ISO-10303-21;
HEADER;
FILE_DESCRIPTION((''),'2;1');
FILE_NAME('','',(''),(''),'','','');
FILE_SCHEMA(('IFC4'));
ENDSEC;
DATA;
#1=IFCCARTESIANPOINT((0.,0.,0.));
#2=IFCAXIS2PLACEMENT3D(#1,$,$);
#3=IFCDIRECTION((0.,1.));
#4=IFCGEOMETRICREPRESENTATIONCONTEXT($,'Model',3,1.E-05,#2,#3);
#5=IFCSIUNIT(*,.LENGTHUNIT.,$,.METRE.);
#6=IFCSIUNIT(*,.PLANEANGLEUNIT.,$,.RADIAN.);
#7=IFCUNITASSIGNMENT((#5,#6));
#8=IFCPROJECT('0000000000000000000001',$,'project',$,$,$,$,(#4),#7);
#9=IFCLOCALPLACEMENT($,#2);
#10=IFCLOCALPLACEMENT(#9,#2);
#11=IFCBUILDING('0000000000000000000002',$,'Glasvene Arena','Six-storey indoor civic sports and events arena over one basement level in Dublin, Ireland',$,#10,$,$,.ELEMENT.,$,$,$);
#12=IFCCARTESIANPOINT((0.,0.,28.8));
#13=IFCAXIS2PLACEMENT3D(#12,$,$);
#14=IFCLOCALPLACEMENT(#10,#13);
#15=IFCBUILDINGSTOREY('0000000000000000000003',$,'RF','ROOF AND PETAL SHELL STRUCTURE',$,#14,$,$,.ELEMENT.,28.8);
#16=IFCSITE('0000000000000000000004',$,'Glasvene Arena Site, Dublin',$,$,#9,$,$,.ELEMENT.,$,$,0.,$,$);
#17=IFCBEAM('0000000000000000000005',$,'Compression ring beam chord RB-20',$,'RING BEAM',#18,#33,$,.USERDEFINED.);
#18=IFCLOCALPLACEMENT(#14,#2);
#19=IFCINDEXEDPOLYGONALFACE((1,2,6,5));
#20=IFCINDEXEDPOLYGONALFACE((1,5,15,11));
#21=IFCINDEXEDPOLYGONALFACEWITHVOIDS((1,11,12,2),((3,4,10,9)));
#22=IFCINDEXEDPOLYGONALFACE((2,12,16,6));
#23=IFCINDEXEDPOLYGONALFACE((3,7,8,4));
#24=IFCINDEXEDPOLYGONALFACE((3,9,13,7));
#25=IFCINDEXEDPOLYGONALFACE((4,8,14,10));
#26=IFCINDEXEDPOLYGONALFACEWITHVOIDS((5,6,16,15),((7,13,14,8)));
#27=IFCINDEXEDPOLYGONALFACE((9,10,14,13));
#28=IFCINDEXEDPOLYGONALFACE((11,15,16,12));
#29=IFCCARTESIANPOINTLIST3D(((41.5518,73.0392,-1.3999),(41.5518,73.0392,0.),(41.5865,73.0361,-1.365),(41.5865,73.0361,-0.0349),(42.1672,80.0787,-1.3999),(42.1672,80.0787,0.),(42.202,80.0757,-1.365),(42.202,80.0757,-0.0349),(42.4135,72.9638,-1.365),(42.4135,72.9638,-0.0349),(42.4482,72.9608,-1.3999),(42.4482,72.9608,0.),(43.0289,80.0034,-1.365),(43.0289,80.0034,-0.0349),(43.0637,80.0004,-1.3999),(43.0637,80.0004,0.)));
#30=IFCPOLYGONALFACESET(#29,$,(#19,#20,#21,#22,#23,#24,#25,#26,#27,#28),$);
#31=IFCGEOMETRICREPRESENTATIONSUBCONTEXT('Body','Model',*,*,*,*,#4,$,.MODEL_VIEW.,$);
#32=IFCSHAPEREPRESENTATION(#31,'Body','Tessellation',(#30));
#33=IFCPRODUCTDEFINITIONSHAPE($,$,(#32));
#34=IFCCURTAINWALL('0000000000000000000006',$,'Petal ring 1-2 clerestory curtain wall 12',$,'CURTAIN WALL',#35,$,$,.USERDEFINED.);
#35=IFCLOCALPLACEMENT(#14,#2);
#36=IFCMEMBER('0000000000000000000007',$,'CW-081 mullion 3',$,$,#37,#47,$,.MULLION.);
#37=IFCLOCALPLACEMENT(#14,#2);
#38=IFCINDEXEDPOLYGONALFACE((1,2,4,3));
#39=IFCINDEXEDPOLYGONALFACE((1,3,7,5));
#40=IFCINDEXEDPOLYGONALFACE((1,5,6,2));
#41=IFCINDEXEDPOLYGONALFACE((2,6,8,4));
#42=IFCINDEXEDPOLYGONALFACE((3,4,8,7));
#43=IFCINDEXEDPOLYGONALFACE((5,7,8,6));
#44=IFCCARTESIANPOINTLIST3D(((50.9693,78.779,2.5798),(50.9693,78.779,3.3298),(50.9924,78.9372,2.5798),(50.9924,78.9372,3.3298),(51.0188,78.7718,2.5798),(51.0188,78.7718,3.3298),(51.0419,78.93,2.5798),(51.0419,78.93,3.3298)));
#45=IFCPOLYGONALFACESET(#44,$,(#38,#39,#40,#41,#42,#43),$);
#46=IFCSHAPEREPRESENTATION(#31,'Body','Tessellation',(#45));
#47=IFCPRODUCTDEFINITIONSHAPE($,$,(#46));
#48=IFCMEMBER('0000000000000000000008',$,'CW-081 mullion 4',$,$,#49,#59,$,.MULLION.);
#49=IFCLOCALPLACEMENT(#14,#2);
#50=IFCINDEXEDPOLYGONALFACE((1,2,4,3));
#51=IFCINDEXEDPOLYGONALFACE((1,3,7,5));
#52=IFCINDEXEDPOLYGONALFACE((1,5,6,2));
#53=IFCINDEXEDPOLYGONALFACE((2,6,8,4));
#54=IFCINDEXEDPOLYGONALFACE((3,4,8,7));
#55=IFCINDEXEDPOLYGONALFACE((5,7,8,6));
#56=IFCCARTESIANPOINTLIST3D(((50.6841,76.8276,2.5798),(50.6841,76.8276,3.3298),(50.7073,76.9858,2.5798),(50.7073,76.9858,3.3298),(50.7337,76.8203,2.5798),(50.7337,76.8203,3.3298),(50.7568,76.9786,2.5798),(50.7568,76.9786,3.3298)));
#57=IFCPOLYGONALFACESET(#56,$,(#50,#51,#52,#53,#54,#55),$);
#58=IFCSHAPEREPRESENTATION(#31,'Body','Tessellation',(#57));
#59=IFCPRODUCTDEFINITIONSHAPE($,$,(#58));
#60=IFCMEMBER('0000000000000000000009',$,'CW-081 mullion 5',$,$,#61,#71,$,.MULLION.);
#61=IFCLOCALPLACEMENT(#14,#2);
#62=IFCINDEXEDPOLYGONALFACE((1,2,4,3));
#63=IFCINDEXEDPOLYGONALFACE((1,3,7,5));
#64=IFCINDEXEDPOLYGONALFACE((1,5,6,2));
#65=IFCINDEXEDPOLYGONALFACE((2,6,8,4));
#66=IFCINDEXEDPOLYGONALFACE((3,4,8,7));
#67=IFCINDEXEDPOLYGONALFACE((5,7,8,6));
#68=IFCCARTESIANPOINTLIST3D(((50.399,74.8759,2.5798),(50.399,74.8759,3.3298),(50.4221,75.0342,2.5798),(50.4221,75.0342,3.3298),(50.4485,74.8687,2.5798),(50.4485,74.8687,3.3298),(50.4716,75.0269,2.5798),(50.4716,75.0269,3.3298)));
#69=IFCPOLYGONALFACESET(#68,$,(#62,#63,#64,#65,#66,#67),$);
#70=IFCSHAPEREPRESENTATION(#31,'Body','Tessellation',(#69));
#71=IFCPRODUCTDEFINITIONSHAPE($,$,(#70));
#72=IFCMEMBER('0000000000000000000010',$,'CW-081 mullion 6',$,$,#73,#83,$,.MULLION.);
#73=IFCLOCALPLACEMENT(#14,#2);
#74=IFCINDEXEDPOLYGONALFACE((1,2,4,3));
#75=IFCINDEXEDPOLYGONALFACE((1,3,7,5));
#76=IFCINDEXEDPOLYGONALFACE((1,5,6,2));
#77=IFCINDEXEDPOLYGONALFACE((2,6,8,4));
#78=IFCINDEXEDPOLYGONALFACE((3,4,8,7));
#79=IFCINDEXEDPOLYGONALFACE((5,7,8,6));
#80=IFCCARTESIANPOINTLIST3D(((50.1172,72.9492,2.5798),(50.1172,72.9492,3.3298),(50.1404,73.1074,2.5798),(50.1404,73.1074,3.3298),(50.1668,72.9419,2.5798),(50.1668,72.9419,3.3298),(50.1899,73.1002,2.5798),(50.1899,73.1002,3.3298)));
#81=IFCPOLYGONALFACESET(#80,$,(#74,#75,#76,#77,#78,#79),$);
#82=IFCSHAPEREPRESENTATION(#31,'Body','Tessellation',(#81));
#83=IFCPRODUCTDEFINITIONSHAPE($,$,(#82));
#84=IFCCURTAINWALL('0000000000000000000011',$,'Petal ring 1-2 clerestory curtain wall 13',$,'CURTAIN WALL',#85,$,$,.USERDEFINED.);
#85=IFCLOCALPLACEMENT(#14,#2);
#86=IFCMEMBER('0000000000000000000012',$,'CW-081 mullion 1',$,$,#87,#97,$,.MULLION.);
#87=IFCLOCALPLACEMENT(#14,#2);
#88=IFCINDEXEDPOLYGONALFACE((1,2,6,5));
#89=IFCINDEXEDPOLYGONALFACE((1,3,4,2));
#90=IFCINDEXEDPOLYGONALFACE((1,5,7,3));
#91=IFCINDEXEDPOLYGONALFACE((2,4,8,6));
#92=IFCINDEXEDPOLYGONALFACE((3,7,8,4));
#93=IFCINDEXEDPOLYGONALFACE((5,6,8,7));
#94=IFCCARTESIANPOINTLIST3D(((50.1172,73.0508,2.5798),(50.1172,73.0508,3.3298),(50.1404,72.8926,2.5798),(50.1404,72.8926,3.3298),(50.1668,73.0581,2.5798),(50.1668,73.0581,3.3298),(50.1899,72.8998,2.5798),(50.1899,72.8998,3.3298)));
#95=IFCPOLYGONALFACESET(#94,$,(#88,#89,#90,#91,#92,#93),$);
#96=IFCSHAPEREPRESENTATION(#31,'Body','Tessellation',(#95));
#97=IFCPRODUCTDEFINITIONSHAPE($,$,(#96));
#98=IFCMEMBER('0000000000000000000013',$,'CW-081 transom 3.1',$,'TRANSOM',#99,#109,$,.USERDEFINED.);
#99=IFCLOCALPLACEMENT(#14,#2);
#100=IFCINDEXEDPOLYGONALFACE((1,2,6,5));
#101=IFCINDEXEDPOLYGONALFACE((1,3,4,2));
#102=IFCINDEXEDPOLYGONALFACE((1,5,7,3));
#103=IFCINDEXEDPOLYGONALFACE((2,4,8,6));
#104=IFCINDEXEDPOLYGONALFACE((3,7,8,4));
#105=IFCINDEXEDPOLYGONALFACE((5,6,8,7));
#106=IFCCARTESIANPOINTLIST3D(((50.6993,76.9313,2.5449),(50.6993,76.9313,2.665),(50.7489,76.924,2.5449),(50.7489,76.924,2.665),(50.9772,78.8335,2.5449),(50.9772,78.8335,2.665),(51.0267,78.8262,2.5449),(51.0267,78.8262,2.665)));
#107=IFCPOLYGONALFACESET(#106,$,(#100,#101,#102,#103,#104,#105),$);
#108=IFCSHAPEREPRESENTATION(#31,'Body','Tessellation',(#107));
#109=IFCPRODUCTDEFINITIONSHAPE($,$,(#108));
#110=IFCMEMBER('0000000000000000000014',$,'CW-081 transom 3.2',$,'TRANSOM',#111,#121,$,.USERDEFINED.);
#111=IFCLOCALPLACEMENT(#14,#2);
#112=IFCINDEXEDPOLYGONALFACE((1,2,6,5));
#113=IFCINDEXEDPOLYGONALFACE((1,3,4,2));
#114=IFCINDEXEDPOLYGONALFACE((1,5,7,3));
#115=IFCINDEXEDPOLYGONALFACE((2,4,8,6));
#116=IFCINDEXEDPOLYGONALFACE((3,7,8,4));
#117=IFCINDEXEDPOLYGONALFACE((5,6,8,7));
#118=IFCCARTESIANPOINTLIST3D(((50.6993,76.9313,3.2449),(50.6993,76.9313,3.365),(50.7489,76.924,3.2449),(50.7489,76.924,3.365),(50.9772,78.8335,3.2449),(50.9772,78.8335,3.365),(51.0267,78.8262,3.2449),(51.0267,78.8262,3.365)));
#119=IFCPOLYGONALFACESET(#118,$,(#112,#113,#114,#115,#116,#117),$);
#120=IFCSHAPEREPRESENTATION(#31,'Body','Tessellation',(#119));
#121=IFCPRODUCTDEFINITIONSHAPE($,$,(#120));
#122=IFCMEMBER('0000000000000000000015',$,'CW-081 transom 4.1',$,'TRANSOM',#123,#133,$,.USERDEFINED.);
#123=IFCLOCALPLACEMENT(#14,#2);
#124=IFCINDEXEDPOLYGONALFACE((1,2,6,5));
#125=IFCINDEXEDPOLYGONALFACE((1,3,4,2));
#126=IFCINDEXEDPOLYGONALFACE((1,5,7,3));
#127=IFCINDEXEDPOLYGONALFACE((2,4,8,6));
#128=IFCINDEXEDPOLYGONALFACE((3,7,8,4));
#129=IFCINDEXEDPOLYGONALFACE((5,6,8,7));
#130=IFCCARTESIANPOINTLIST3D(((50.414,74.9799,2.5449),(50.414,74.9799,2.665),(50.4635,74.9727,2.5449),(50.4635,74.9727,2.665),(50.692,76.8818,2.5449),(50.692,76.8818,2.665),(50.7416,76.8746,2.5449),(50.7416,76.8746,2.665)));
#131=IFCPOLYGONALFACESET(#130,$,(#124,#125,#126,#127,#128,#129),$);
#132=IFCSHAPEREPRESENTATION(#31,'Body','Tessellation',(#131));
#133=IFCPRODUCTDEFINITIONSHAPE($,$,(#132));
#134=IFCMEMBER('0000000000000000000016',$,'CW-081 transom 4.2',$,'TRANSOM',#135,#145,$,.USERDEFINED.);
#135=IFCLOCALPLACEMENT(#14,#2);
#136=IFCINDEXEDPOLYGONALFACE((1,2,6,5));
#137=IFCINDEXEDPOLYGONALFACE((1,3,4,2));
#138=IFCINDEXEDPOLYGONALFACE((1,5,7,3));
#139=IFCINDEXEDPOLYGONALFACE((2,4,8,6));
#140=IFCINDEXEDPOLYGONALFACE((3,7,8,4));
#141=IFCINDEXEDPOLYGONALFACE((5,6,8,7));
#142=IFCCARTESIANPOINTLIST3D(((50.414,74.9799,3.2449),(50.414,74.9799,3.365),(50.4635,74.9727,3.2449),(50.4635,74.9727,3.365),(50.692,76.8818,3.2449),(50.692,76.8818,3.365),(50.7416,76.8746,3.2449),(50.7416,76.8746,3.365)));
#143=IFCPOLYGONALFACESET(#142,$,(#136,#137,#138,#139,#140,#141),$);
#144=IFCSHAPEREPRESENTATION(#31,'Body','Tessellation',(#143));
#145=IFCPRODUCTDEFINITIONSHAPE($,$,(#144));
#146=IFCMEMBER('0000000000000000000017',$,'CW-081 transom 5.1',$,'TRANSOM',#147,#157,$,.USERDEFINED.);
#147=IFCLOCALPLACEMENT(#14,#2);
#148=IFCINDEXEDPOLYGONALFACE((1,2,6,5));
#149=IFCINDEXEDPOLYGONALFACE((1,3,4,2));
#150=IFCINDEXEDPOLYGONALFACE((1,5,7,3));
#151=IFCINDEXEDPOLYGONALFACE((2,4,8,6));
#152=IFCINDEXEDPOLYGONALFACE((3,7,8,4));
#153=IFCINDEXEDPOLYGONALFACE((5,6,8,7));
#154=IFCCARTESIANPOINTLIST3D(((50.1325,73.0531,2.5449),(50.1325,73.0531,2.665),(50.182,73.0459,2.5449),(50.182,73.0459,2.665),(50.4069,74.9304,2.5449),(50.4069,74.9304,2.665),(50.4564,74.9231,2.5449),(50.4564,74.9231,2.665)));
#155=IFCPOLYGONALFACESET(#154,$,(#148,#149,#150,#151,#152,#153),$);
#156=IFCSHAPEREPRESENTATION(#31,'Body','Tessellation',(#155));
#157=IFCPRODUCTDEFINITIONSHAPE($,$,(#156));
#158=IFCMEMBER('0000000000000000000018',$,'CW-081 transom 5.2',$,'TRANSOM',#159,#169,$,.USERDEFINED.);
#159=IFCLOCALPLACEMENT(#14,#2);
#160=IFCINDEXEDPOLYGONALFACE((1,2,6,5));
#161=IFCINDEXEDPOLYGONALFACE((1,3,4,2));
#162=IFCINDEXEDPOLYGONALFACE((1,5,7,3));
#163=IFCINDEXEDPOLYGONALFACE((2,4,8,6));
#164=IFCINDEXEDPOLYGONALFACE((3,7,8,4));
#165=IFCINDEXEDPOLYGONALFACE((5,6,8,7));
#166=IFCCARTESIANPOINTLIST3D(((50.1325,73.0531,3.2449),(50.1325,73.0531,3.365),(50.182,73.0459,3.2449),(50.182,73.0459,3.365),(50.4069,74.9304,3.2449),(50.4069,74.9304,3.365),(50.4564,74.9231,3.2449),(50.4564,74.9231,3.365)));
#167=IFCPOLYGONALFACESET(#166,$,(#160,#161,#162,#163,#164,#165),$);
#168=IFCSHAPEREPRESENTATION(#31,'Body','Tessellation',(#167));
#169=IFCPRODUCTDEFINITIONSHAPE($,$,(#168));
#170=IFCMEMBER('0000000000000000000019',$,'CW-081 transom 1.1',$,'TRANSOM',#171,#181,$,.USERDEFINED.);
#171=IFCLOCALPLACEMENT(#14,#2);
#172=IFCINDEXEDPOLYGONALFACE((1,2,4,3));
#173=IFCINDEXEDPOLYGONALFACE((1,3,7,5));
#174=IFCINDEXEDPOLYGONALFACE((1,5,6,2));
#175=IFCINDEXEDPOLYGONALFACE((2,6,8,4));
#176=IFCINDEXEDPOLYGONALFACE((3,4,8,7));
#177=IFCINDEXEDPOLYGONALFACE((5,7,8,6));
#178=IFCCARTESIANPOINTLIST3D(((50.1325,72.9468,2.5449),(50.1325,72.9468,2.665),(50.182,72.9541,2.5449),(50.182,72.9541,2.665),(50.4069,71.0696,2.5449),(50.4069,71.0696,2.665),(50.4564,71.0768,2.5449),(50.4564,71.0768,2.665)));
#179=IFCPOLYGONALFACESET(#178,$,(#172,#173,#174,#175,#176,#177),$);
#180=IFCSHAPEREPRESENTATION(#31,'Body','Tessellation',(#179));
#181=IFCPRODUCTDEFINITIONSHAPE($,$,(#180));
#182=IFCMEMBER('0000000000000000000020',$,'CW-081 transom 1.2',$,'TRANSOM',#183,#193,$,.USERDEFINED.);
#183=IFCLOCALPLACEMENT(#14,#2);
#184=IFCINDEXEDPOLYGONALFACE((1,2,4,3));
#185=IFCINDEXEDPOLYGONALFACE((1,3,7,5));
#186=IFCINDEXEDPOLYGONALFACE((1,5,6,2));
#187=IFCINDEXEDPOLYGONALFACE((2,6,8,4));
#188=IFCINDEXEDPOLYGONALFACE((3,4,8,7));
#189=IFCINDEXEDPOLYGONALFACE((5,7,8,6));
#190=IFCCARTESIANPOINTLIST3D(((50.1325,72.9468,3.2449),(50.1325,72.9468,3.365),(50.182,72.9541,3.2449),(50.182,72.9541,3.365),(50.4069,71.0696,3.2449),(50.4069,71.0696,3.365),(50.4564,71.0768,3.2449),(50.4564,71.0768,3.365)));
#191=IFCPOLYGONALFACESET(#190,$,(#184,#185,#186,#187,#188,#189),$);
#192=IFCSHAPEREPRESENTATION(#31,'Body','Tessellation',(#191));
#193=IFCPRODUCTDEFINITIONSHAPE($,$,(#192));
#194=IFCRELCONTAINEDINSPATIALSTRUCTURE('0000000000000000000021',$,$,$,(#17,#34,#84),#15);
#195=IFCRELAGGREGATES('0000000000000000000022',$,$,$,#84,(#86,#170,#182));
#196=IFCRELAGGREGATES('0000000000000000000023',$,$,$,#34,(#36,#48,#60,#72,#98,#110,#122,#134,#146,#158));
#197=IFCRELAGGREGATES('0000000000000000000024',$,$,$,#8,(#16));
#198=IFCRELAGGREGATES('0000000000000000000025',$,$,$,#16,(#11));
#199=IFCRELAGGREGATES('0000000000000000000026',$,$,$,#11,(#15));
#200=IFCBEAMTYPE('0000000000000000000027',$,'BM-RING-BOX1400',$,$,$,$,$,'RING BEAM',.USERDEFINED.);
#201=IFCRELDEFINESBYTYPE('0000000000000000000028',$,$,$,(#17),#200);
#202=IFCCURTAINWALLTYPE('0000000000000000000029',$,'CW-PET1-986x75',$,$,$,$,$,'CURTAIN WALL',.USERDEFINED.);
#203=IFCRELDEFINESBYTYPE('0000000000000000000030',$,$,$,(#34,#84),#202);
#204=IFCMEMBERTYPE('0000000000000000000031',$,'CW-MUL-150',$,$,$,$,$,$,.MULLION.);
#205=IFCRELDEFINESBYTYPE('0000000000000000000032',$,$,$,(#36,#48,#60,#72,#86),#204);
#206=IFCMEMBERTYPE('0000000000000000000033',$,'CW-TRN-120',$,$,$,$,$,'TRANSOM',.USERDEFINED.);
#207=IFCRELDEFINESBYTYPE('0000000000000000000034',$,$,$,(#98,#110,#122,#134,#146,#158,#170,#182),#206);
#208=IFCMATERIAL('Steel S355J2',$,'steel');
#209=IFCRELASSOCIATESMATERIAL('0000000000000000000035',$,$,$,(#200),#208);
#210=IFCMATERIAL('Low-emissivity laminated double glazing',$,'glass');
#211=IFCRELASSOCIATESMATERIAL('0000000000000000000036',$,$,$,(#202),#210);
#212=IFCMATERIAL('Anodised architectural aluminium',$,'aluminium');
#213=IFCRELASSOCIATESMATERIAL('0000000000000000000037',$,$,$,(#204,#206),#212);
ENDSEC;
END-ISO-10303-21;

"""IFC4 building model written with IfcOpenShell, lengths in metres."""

from ifc_helpers import new_model, si_unit, direction, frame, origin, origin_2d, place, context, subcontext, project, spatial, rectangle, hollow_rectangle, extrude, material, material_profile, profile_set, type_object, element, aggregate, save


model = new_model("IFC4")

# Units and contexts
model_context = context("Model", 3, precision=1e-05, world=origin(), true_north=direction((0.0, 1.0)))
body_context = subcontext(model_context, "Body", "Model", "MODEL_VIEW")
ifc_project = project(units=[si_unit("LENGTHUNIT", "METRE"), si_unit("PLANEANGLEUNIT", "RADIAN")], contexts=[model_context])

# Site, building, storey
site_placement = place(None, origin())
site = spatial("IfcSite", under=ifc_project, at=site_placement, Name="Glasvene Arena Site, Dublin", CompositionType="ELEMENT", RefElevation=0.0)
building_placement = place(site_placement, origin())
building = spatial("IfcBuilding", under=site, at=building_placement, Name="Glasvene Arena", Description="Six-storey indoor civic sports and events arena over one basement level in Dublin, Ireland", CompositionType="ELEMENT")
storey_placement = place(building_placement, frame((0.0, 0.0, 28.8)))
storey = spatial("IfcBuildingStorey", under=building, at=storey_placement, Name="RF", Description="ROOF AND PETAL SHELL STRUCTURE", CompositionType="ELEMENT", Elevation=28.8)

# Beam
ifc_material_1 = material(Name="Steel S355J2", Category="steel")
ifc_material_profile_1 = material_profile(ifc_material_1, hollow_rectangle(XDim=0.8999, YDim=1.3999, WallThickness=0.0349, at=origin_2d()), Name="WBOX 900x1400x35")
ifc_profile_set_1 = profile_set([ifc_material_profile_1], Name="Steel S355J2")
beam_type = type_object("IfcBeamType", Name="BM-RING-BOX1400", ElementType="RING BEAM", PredefinedType="USERDEFINED", material=ifc_profile_set_1)
beam_placement = place(storey_placement, frame((42.6155, 80.0396, -0.7), z_axis=(-0.087099, -0.9962, 0.0), x_axis=(0.9962, -0.087099, 0.0)))
element("IfcBeam", 1, at=beam_placement, inside=storey, type_object=beam_type, Name="Compression ring beam chord RB-20", ObjectType="RING BEAM", PredefinedType="USERDEFINED", context=body_context, shape_type="SweptSolid", body=[
    extrude(hollow_rectangle(XDim=0.8999, YDim=1.3999, WallThickness=0.0349, at=origin_2d()), origin(), (0.0, 0.0, 1.0), 7.0664),
])

# Curtain wall, members
ifc_material_2 = material(Name="Low-emissivity laminated double glazing", Category="glass")
curtain_wall_type = type_object("IfcCurtainWallType", Name="CW-PET1-986x75", ElementType="CURTAIN WALL", PredefinedType="USERDEFINED", material=ifc_material_2)
curtain_wall_1_placement = place(storey_placement, frame((51.5759, 82.7576, 0.0)))
curtain_wall_1 = element("IfcCurtainWall", 2, at=curtain_wall_1_placement, inside=storey, type_object=curtain_wall_type, Name="Petal ring 1-2 clerestory curtain wall 12", ObjectType="CURTAIN WALL", PredefinedType="USERDEFINED")
ifc_material_3 = material(Name="Anodised architectural aluminium", Category="aluminium")
ifc_material_profile_2 = material_profile(ifc_material_3, rectangle(XDim=0.05, YDim=0.1599, at=origin_2d()), Name="ALU MULLION 50x160")
ifc_profile_set_2 = profile_set([ifc_material_profile_2], Name="Anodised architectural aluminium")
member_type_1 = type_object("IfcMemberType", Name="CW-MUL-150", PredefinedType="MULLION", material=ifc_profile_set_2)
member_1_placement = place(storey_placement, frame((51.0056, 78.8545, 2.5798), z_axis=(0.0, 0.0, 1.0), x_axis=(0.989489, -0.144608, 0.0)))
member_1 = element("IfcMember", 3, at=member_1_placement, type_object=member_type_1, Name="CW-081 mullion 3", PredefinedType="MULLION", context=body_context, shape_type="SweptSolid", body=[
    extrude(rectangle(XDim=0.05, YDim=0.1599, at=origin_2d()), origin(), (0.0, 0.0, 1.0), 0.75),
])
member_2_placement = place(storey_placement, frame((50.7205, 76.9031, 2.5798), z_axis=(0.0, 0.0, 1.0), x_axis=(0.989489, -0.144608, 0.0)))
member_2 = element("IfcMember", 4, at=member_2_placement, type_object=member_type_1, Name="CW-081 mullion 4", PredefinedType="MULLION", context=body_context, shape_type="SweptSolid", body=[
    extrude(rectangle(XDim=0.05, YDim=0.1599, at=origin_2d()), origin(), (0.0, 0.0, 1.0), 0.75),
])
member_3_placement = place(storey_placement, frame((50.4353, 74.9514, 2.5798), z_axis=(0.0, 0.0, 1.0), x_axis=(0.989489, -0.144608, 0.0)))
member_3 = element("IfcMember", 5, at=member_3_placement, type_object=member_type_1, Name="CW-081 mullion 5", PredefinedType="MULLION", context=body_context, shape_type="SweptSolid", body=[
    extrude(rectangle(XDim=0.05, YDim=0.1599, at=origin_2d()), origin(), (0.0, 0.0, 1.0), 0.75),
])
member_4_placement = place(storey_placement, frame((50.1536, 73.0247, 2.5798), z_axis=(0.0, 0.0, 1.0), x_axis=(0.989489, -0.144608, 0.0)))
member_4 = element("IfcMember", 6, at=member_4_placement, type_object=member_type_1, Name="CW-081 mullion 6", PredefinedType="MULLION", context=body_context, shape_type="SweptSolid", body=[
    extrude(rectangle(XDim=0.05, YDim=0.1599, at=origin_2d()), origin(), (0.0, 0.0, 1.0), 0.75),
])

# Curtain wall, member
curtain_wall_2_placement = place(storey_placement, frame((50.1499, 73.0, 0.0)))
curtain_wall_2 = element("IfcCurtainWall", 7, at=curtain_wall_2_placement, inside=storey, type_object=curtain_wall_type, Name="Petal ring 1-2 clerestory curtain wall 13", ObjectType="CURTAIN WALL", PredefinedType="USERDEFINED")
member_5_placement = place(storey_placement, frame((50.1536, 72.9753, 2.5798), z_axis=(0.0, 0.0, 1.0), x_axis=(0.989489, 0.144608, 0.0)))
member_5 = element("IfcMember", 8, at=member_5_placement, type_object=member_type_1, Name="CW-081 mullion 1", PredefinedType="MULLION", context=body_context, shape_type="SweptSolid", body=[
    extrude(rectangle(XDim=0.05, YDim=0.1599, at=origin_2d()), origin(), (0.0, 0.0, 1.0), 0.75),
])

# Members
ifc_material_profile_3 = material_profile(ifc_material_3, rectangle(XDim=0.05, YDim=0.1201, at=origin_2d()), Name="ALU TRANSOM 50x120")
ifc_profile_set_3 = profile_set([ifc_material_profile_3], Name="Anodised architectural aluminium")
member_type_2 = type_object("IfcMemberType", Name="CW-TRN-120", ElementType="TRANSOM", PredefinedType="USERDEFINED", material=ifc_profile_set_3)
member_6_placement = place(storey_placement, frame((51.002, 78.8298, 2.605), z_axis=(-0.144532, -0.9895, 0.0), x_axis=(0.9895, -0.144532, 0.0)))
member_6 = element("IfcMember", 9, at=member_6_placement, type_object=member_type_2, Name="CW-081 transom 3.1", ObjectType="TRANSOM", PredefinedType="USERDEFINED", context=body_context, shape_type="SweptSolid", body=[
    extrude(rectangle(XDim=0.05, YDim=0.1201, at=origin_2d()), origin(), (0.0, 0.0, 1.0), 1.9224),
])
member_7_placement = place(storey_placement, frame((51.002, 78.8298, 3.3049), z_axis=(-0.144532, -0.9895, 0.0), x_axis=(0.9895, -0.144532, 0.0)))
member_7 = element("IfcMember", 10, at=member_7_placement, type_object=member_type_2, Name="CW-081 transom 3.2", ObjectType="TRANSOM", PredefinedType="USERDEFINED", context=body_context, shape_type="SweptSolid", body=[
    extrude(rectangle(XDim=0.05, YDim=0.1201, at=origin_2d()), origin(), (0.0, 0.0, 1.0), 1.9224),
])
member_8_placement = place(storey_placement, frame((50.7168, 76.8782, 2.605), z_axis=(-0.144675, -0.989479, 0.0), x_axis=(0.989479, -0.144675, 0.0)))
member_8 = element("IfcMember", 11, at=member_8_placement, type_object=member_type_2, Name="CW-081 transom 4.1", ObjectType="TRANSOM", PredefinedType="USERDEFINED", context=body_context, shape_type="SweptSolid", body=[
    extrude(rectangle(XDim=0.05, YDim=0.1201, at=origin_2d()), origin(), (0.0, 0.0, 1.0), 1.9221),
])
member_9_placement = place(storey_placement, frame((50.7168, 76.8782, 3.3049), z_axis=(-0.144675, -0.989479, 0.0), x_axis=(0.989479, -0.144675, 0.0)))
member_9 = element("IfcMember", 12, at=member_9_placement, type_object=member_type_2, Name="CW-081 transom 4.2", ObjectType="TRANSOM", PredefinedType="USERDEFINED", context=body_context, shape_type="SweptSolid", body=[
    extrude(rectangle(XDim=0.05, YDim=0.1201, at=origin_2d()), origin(), (0.0, 0.0, 1.0), 1.9221),
])
member_10_placement = place(storey_placement, frame((50.4316, 74.9268, 2.605), z_axis=(-0.144646, -0.989484, 0.0), x_axis=(0.989484, -0.144646, 0.0)))
member_10 = element("IfcMember", 13, at=member_10_placement, type_object=member_type_2, Name="CW-081 transom 5.1", ObjectType="TRANSOM", PredefinedType="USERDEFINED", context=body_context, shape_type="SweptSolid", body=[
    extrude(rectangle(XDim=0.05, YDim=0.1201, at=origin_2d()), origin(), (0.0, 0.0, 1.0), 1.8972),
])
member_11_placement = place(storey_placement, frame((50.4316, 74.9268, 3.3049), z_axis=(-0.144646, -0.989484, 0.0), x_axis=(0.989484, -0.144646, 0.0)))
member_11 = element("IfcMember", 14, at=member_11_placement, type_object=member_type_2, Name="CW-081 transom 5.2", ObjectType="TRANSOM", PredefinedType="USERDEFINED", context=body_context, shape_type="SweptSolid", body=[
    extrude(rectangle(XDim=0.05, YDim=0.1201, at=origin_2d()), origin(), (0.0, 0.0, 1.0), 1.8972),
])
member_12_placement = place(storey_placement, frame((50.1572, 72.9504, 2.605), z_axis=(0.144646, -0.989484, 0.0), x_axis=(0.989484, 0.144646, 0.0)))
member_12 = element("IfcMember", 15, at=member_12_placement, type_object=member_type_2, Name="CW-081 transom 1.1", ObjectType="TRANSOM", PredefinedType="USERDEFINED", context=body_context, shape_type="SweptSolid", body=[
    extrude(rectangle(XDim=0.05, YDim=0.1201, at=origin_2d()), origin(), (0.0, 0.0, 1.0), 1.8972),
])
member_13_placement = place(storey_placement, frame((50.1572, 72.9504, 3.3049), z_axis=(0.144646, -0.989484, 0.0), x_axis=(0.989484, 0.144646, 0.0)))
member_13 = element("IfcMember", 16, at=member_13_placement, type_object=member_type_2, Name="CW-081 transom 1.2", ObjectType="TRANSOM", PredefinedType="USERDEFINED", context=body_context, shape_type="SweptSolid", body=[
    extrude(rectangle(XDim=0.05, YDim=0.1201, at=origin_2d()), origin(), (0.0, 0.0, 1.0), 1.8972),
])
aggregate(curtain_wall_2, [member_5, member_12, member_13])

aggregate(curtain_wall_1, [member_1, member_2, member_3, member_4, member_6, member_7, member_8, member_9, member_10, member_11])

save(model, "model.ifc")
